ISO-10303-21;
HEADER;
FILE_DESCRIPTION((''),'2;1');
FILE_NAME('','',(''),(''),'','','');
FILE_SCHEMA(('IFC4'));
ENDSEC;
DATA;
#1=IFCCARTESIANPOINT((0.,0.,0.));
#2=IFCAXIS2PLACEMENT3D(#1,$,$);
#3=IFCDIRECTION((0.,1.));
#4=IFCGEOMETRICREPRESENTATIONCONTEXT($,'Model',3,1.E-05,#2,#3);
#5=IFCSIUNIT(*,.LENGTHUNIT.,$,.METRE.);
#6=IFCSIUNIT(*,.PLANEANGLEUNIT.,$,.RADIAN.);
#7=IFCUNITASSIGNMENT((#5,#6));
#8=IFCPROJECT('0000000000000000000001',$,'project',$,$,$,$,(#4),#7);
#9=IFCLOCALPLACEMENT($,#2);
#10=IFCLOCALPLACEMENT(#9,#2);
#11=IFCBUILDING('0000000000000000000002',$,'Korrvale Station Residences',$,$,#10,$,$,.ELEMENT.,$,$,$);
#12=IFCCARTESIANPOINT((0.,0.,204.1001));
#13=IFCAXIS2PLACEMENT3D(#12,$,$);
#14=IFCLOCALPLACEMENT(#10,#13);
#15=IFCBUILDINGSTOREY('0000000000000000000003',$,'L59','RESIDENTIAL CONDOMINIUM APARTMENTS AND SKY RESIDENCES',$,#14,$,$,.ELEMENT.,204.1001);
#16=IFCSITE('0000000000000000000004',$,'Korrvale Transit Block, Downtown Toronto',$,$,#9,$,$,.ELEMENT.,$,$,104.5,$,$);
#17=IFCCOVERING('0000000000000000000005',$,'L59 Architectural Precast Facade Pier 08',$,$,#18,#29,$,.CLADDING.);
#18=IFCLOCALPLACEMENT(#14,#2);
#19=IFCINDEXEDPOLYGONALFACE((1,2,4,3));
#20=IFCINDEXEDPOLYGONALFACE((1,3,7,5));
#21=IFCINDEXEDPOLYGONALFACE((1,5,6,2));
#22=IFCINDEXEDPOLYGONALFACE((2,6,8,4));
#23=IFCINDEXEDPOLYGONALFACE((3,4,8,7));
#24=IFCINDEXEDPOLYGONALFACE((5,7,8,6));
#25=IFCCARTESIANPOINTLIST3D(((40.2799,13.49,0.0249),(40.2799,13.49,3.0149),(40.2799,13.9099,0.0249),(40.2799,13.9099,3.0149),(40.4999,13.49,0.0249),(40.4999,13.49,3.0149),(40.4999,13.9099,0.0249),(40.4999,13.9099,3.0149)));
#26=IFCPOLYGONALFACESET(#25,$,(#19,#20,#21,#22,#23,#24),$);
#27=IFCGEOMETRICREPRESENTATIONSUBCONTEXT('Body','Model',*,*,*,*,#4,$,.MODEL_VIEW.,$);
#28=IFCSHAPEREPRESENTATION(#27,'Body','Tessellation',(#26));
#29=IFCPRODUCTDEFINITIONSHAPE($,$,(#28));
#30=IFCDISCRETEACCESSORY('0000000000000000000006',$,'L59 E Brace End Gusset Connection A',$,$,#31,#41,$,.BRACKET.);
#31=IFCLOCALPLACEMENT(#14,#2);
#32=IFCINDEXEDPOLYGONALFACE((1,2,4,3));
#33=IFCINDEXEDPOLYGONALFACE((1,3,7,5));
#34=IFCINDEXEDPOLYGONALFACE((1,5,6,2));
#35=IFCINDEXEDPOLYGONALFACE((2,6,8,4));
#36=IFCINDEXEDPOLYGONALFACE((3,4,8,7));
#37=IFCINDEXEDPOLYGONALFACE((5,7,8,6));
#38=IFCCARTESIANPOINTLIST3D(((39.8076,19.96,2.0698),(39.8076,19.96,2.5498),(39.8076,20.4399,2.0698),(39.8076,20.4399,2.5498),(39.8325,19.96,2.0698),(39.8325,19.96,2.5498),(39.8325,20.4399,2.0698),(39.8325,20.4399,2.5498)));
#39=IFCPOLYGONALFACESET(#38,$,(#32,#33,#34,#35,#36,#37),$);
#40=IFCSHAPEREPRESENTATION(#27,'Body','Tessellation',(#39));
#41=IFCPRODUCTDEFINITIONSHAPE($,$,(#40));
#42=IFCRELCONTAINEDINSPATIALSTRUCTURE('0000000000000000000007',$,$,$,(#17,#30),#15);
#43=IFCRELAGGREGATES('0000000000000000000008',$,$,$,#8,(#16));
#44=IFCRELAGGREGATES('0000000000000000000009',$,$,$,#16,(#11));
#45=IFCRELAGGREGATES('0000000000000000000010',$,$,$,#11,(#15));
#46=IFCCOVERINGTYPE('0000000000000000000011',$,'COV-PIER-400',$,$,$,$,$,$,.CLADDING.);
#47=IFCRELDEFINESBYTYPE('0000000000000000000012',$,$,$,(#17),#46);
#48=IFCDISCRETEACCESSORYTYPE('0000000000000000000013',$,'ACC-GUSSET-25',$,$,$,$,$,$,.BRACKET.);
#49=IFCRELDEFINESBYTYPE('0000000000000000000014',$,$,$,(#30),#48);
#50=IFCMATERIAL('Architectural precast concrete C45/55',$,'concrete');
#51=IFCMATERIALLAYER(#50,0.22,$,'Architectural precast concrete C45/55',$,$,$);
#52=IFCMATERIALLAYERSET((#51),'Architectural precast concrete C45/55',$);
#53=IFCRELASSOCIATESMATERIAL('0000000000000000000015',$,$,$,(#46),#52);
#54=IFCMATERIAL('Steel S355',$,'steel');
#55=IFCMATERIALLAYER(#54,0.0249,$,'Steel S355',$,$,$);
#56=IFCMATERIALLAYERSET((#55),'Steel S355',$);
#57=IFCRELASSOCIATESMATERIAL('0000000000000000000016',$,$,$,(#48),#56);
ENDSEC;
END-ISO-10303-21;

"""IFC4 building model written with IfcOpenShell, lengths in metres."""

from ifc_helpers import new_model, si_unit, direction, frame, origin, origin_2d, place, context, subcontext, project, spatial, rectangle, extrude, material, layer, layer_set, type_object, element, save


model = new_model("IFC4")

# Units and contexts
model_context = context("Model", 3, precision=1e-05, world=origin(), true_north=direction((0.0, 1.0)))
body_context = subcontext(model_context, "Body", "Model", "MODEL_VIEW")
ifc_project = project(units=[si_unit("LENGTHUNIT", "METRE"), si_unit("PLANEANGLEUNIT", "RADIAN")], contexts=[model_context])

# Site, building, storey
site_placement = place(None, origin())
site = spatial("IfcSite", under=ifc_project, at=site_placement, Name="Korrvale Transit Block, Downtown Toronto", CompositionType="ELEMENT", RefElevation=104.5)
building_placement = place(site_placement, origin())
building = spatial("IfcBuilding", under=site, at=building_placement, Name="Korrvale Station Residences", CompositionType="ELEMENT")
storey_placement = place(building_placement, frame((0.0, 0.0, 204.1001)))
storey = spatial("IfcBuildingStorey", under=building, at=storey_placement, Name="L59", Description="RESIDENTIAL CONDOMINIUM APARTMENTS AND SKY RESIDENCES", CompositionType="ELEMENT", Elevation=204.1001)

# Shared definitions
ifc_material_1 = material(Name="Steel S355", Category="steel")

# Covering
ifc_material_2 = material(Name="Architectural precast concrete C45/55", Category="concrete")
ifc_layer_1 = layer(ifc_material_2, 0.22, Name="Architectural precast concrete C45/55")
ifc_layer_set_1 = layer_set([ifc_layer_1], Name="Architectural precast concrete C45/55")
covering_type = type_object("IfcCoveringType", Name="COV-PIER-400", PredefinedType="CLADDING", material=ifc_layer_set_1)
covering_placement = place(storey_placement, frame((40.3899, 13.7, 0.0249), z_axis=(0.0, 0.0, 1.0), x_axis=(0.0, 1.0, 0.0)))
element("IfcCovering", 1, at=covering_placement, inside=storey, type_object=covering_type, Name="L59 Architectural Precast Facade Pier 08", PredefinedType="CLADDING", context=body_context, shape_type="SweptSolid", body=[
    extrude(rectangle(XDim=0.4199, YDim=0.22, at=origin_2d()), origin(), (0.0, 0.0, 1.0), 2.99),
])

# Discrete accessory
ifc_layer_2 = layer(ifc_material_1, 0.0249, Name="Steel S355")
ifc_layer_set_2 = layer_set([ifc_layer_2], Name="Steel S355")
discrete_accessory_type = type_object("IfcDiscreteAccessoryType", Name="ACC-GUSSET-25", PredefinedType="BRACKET", material=ifc_layer_set_2)
discrete_accessory_placement = place(storey_placement, frame((39.8201, 20.2, 2.0698), z_axis=(0.0, 0.0, 1.0), x_axis=(0.0, 1.0, 0.0)))
element("IfcDiscreteAccessory", 2, at=discrete_accessory_placement, inside=storey, type_object=discrete_accessory_type, Name="L59 E Brace End Gusset Connection A", PredefinedType="BRACKET", context=body_context, shape_type="SweptSolid", body=[
    extrude(rectangle(XDim=0.48, YDim=0.0249, at=origin_2d()), origin(), (0.0, 0.0, 1.0), 0.48),
])

save(model, "model.ifc")
